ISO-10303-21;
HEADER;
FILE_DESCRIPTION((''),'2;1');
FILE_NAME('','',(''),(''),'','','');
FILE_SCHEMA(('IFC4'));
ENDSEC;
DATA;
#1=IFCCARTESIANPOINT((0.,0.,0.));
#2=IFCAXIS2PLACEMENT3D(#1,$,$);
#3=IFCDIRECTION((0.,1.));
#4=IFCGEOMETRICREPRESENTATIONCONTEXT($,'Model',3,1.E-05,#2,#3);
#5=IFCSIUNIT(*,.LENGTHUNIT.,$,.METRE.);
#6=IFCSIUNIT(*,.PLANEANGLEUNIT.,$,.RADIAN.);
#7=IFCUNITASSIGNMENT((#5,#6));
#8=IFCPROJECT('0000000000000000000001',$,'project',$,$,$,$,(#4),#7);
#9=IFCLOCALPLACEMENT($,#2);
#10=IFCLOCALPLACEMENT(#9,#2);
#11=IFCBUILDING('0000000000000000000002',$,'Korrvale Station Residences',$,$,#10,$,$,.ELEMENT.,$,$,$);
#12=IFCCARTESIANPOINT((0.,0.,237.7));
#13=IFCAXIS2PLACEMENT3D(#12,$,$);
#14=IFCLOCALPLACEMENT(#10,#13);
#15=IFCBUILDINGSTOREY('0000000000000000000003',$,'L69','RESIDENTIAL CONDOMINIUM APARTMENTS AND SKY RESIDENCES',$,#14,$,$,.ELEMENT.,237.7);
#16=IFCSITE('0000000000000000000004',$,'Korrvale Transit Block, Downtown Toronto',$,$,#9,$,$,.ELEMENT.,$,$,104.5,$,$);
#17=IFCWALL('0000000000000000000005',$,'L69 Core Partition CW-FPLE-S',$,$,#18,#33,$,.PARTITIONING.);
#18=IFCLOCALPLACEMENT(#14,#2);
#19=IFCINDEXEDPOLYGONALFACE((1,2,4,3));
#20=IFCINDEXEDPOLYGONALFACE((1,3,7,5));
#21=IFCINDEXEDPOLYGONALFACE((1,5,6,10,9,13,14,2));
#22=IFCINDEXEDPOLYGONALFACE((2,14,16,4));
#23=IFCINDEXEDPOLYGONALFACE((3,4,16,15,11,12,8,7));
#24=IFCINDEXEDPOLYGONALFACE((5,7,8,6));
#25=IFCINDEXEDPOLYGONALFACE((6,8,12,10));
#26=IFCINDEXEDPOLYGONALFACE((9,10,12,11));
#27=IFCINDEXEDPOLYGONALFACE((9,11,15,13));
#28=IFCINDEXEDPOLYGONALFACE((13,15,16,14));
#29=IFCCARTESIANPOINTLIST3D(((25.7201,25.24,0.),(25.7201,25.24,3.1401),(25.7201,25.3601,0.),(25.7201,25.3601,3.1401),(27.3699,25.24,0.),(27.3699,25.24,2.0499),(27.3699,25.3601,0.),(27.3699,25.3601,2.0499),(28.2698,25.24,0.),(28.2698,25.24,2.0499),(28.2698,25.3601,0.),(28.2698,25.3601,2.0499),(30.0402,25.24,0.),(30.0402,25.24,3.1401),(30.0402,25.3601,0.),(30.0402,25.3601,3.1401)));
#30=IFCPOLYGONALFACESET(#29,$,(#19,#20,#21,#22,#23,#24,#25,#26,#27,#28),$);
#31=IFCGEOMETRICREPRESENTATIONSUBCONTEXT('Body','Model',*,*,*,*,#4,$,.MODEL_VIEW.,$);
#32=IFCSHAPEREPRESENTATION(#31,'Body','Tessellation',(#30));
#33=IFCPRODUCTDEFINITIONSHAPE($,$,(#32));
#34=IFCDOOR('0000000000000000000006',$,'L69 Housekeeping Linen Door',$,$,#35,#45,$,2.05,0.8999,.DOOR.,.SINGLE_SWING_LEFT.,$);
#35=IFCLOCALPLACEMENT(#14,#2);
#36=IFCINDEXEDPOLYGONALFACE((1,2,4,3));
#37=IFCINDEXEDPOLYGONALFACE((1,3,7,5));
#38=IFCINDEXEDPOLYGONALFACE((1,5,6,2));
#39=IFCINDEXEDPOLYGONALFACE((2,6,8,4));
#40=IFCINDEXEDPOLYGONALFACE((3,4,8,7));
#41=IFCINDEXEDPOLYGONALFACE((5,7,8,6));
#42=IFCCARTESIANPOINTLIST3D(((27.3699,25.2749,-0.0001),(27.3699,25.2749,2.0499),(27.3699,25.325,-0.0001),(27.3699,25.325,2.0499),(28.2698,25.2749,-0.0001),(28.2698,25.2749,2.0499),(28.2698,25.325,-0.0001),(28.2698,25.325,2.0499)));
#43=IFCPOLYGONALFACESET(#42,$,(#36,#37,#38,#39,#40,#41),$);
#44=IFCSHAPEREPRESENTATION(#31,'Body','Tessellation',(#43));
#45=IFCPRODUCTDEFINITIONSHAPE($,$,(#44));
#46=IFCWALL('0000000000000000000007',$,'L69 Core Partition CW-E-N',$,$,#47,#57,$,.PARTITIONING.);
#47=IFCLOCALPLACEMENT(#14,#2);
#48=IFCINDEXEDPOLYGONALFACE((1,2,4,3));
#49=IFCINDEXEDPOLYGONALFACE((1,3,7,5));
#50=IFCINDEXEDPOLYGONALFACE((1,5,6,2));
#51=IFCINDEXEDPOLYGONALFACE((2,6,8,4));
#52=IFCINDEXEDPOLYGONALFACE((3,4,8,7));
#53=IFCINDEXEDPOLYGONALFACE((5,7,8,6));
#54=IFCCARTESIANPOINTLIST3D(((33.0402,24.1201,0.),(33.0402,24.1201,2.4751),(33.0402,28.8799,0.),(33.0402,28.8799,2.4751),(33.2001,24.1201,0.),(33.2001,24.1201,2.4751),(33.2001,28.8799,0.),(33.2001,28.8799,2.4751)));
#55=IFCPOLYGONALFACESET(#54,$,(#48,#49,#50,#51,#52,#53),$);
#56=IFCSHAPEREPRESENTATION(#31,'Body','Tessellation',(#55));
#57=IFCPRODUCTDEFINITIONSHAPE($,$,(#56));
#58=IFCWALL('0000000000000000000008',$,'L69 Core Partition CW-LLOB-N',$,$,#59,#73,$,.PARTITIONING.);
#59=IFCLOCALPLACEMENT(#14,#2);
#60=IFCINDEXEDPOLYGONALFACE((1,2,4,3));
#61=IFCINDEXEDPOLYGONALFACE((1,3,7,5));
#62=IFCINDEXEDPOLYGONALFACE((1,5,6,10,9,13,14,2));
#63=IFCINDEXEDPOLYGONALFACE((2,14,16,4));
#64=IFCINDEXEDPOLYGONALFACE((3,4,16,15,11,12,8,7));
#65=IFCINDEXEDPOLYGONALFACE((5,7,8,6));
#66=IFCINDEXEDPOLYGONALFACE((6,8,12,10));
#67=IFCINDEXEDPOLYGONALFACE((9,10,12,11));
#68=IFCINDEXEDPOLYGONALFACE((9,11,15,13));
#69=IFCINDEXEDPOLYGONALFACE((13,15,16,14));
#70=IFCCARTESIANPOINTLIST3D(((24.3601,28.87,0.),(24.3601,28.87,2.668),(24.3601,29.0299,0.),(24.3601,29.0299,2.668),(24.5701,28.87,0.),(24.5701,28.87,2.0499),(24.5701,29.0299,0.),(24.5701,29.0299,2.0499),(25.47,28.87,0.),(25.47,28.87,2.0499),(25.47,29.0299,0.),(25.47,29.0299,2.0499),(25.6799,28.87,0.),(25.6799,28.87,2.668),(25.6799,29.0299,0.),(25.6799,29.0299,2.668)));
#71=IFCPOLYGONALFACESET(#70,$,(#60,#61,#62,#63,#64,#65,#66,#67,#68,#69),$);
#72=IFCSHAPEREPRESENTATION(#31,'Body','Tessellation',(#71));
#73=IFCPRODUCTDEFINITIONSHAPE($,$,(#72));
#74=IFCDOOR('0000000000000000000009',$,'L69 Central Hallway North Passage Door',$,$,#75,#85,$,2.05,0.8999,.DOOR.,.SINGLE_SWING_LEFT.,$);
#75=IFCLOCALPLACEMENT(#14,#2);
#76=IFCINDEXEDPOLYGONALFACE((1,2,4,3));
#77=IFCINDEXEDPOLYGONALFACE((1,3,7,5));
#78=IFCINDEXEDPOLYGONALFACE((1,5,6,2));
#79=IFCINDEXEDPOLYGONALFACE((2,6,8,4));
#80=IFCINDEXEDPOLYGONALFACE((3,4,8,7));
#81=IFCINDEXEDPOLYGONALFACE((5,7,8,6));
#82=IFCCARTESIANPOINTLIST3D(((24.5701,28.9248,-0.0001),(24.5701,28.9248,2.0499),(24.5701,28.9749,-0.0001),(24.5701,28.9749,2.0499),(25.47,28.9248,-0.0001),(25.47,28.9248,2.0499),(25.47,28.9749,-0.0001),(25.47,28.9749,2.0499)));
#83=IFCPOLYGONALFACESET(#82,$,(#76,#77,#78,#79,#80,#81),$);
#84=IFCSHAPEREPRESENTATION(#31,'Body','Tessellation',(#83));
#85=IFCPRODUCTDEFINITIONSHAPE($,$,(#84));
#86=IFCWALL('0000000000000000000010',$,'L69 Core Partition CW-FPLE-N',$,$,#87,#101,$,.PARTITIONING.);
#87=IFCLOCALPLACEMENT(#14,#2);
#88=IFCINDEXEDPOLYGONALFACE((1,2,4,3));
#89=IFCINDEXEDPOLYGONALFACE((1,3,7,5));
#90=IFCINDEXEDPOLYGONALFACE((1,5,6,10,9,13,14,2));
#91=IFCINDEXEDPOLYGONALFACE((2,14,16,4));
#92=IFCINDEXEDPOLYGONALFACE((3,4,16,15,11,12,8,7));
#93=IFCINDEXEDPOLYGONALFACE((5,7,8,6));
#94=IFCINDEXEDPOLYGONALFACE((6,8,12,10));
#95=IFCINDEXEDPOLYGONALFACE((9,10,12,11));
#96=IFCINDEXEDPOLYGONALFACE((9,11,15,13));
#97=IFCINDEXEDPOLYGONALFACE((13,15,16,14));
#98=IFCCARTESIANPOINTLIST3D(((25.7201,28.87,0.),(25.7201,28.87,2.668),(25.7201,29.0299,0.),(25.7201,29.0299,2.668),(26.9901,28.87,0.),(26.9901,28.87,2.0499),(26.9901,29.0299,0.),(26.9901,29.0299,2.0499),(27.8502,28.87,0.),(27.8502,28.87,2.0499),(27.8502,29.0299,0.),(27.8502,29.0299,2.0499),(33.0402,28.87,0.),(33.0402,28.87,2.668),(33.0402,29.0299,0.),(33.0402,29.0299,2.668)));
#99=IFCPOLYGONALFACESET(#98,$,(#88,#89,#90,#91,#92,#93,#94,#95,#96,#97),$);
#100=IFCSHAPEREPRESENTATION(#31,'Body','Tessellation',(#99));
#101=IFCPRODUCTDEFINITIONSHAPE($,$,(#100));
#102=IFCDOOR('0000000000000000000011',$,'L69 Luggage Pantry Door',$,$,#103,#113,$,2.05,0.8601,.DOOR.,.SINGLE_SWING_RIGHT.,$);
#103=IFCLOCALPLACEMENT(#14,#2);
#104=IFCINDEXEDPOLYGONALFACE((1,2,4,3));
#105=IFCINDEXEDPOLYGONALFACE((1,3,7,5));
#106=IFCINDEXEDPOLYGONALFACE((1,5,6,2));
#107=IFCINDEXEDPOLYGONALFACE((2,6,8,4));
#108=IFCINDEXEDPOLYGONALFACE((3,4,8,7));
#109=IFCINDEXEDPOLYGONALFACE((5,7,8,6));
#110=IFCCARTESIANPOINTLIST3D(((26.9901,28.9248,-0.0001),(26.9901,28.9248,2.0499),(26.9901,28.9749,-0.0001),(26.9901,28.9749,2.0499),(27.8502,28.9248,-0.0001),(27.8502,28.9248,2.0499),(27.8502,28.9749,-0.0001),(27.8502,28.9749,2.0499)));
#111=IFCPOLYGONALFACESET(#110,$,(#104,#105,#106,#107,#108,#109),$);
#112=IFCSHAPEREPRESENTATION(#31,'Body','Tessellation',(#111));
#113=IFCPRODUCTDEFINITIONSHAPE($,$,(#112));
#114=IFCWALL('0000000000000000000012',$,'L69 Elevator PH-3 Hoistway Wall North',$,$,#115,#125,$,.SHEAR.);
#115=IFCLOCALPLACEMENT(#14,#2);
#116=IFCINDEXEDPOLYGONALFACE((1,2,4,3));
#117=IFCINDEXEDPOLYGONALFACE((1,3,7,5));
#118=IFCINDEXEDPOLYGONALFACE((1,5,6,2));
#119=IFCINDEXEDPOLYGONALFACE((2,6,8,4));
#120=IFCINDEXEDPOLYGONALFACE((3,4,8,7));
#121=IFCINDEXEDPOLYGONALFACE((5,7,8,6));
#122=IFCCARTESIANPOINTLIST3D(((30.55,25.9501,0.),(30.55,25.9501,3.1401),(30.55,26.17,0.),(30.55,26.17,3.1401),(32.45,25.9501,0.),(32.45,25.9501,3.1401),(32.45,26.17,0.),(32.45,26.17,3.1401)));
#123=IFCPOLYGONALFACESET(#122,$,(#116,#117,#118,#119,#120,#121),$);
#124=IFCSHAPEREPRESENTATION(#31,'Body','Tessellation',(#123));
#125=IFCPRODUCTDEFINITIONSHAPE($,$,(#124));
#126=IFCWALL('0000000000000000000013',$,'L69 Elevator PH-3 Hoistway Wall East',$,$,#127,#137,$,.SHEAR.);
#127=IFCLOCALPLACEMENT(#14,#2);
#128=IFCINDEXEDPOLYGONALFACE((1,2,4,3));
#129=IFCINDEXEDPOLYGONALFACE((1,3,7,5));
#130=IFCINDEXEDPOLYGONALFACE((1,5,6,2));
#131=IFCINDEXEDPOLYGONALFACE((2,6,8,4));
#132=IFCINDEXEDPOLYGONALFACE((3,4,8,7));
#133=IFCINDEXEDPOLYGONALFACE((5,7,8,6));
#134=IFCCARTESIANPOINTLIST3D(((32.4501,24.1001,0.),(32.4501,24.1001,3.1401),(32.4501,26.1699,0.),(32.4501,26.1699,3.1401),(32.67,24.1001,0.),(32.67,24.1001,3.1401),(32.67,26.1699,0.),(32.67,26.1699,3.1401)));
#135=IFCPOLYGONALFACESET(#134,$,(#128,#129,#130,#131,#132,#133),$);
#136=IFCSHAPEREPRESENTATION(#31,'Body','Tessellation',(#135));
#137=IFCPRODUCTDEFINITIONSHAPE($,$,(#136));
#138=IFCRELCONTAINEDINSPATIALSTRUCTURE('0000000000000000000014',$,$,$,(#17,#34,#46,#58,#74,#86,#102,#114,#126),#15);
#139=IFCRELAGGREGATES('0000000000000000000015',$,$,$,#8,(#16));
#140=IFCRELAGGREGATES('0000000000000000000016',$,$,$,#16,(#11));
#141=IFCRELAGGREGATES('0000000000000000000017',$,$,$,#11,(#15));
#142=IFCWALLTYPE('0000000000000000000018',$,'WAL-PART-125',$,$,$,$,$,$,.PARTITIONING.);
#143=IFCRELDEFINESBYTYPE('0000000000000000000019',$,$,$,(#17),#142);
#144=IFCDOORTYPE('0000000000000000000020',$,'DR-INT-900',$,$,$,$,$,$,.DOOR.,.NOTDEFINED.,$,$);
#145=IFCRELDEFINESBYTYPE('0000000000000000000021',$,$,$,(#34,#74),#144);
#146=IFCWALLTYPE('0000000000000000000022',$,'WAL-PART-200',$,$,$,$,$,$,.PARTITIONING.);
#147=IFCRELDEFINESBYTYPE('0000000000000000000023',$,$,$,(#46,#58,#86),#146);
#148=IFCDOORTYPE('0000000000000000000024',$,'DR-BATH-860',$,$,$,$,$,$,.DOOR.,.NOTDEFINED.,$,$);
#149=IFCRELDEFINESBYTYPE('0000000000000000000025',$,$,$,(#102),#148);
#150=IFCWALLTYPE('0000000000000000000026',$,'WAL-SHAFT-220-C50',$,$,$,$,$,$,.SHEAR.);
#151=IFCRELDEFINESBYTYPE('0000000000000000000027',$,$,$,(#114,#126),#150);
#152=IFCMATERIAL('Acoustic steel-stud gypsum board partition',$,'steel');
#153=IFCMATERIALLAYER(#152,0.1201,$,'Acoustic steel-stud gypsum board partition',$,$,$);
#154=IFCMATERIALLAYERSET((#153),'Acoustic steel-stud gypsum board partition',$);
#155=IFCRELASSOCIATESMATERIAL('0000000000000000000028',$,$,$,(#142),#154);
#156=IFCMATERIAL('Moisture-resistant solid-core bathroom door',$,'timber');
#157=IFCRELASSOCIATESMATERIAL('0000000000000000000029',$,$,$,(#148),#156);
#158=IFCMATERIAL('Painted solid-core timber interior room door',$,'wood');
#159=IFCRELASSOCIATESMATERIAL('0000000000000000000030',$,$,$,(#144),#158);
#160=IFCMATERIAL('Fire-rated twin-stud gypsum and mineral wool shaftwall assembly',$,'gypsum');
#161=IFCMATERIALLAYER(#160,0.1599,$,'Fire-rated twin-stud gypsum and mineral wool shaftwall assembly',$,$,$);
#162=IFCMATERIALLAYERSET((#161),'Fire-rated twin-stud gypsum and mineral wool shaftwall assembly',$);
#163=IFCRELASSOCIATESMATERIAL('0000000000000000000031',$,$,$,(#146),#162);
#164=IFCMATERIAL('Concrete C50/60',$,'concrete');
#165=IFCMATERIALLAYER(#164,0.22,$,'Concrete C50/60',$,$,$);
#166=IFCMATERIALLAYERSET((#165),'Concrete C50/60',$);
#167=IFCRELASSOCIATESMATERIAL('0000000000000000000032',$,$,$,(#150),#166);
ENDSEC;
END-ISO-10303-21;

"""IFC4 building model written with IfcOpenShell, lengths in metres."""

from ifc_helpers import new_model, si_unit, direction, frame, frame_2d, origin, place, context, subcontext, project, spatial, rectangle, extrude, material, layer, layer_set, type_object, element, fill, save


model = new_model("IFC4")

# Units and contexts
model_context = context("Model", 3, precision=1e-05, world=origin(), true_north=direction((0.0, 1.0)))
body_context = subcontext(model_context, "Body", "Model", "MODEL_VIEW")
ifc_project = project(units=[si_unit("LENGTHUNIT", "METRE"), si_unit("PLANEANGLEUNIT", "RADIAN")], contexts=[model_context])

# Site, building, storey
site_placement = place(None, origin())
site = spatial("IfcSite", under=ifc_project, at=site_placement, Name="Korrvale Transit Block, Downtown Toronto", CompositionType="ELEMENT", RefElevation=104.5)
building_placement = place(site_placement, origin())
building = spatial("IfcBuilding", under=site, at=building_placement, Name="Korrvale Station Residences", CompositionType="ELEMENT")
storey_placement = place(building_placement, frame((0.0, 0.0, 237.7)))
storey = spatial("IfcBuildingStorey", under=building, at=storey_placement, Name="L69", Description="RESIDENTIAL CONDOMINIUM APARTMENTS AND SKY RESIDENCES", CompositionType="ELEMENT", Elevation=237.7)

# Shared definitions
ifc_material_1 = material(Name="Concrete C50/60", Category="concrete")

# Shared definitions
ifc_material_2 = material(Name="Acoustic steel-stud gypsum board partition", Category="steel")
ifc_layer_1 = layer(ifc_material_2, 0.1201, Name="Acoustic steel-stud gypsum board partition")
ifc_layer_set_1 = layer_set([ifc_layer_1], Name="Acoustic steel-stud gypsum board partition")
wall_type_1 = type_object("IfcWallType", Name="WAL-PART-125", PredefinedType="PARTITIONING", material=ifc_layer_set_1)

# Shared definitions
ifc_material_3 = material(Name="Moisture-resistant solid-core bathroom door", Category="timber")
door_type_1 = type_object("IfcDoorType", Name="DR-BATH-860", OperationType="NOTDEFINED", PredefinedType="DOOR", material=ifc_material_3)

# Wall, opening, door
wall_1_placement = place(storey_placement, frame((25.72, 25.3, 0.0), z_axis=(0.0, 0.0, 1.0), x_axis=(1.0, 0.0, 0.0)))
wall_1 = element("IfcWall", 1, at=wall_1_placement, inside=storey, type_object=wall_type_1, Name="L69 Core Partition CW-FPLE-S", PredefinedType="PARTITIONING", context=body_context, shape_type="SweptSolid", body=[
    extrude(rectangle(XDim=4.3201, YDim=0.1201, at=frame_2d((2.1602, 0.0))), origin(), (0.0, 0.0, 1.0), 3.1401),
])
opening_1_placement = place(wall_1_placement, frame((1.6499, 0.0, 0.0)))
opening_1 = element("IfcOpeningElement", 2, at=opening_1_placement, cuts=wall_1, PredefinedType="OPENING", context=body_context, shape_type="SweptSolid", body=[
    extrude(rectangle(XDim=0.8999, YDim=2.05, at=frame_2d((0.45, 1.0249))), frame((0.0, 0.0701, 0.0), z_axis=(0.0, -1.0, 0.0), x_axis=(1.0, 0.0, 0.0)), (0.0, 0.0, 1.0), 0.1401),
])
ifc_material_4 = material(Name="Painted solid-core timber interior room door", Category="wood")
door_type_2 = type_object("IfcDoorType", Name="DR-INT-900", OperationType="NOTDEFINED", PredefinedType="DOOR", material=ifc_material_4)
door_1_placement = place(opening_1_placement, origin())
door_1 = element("IfcDoor", 3, at=door_1_placement, inside=storey, type_object=door_type_2, Name="L69 Housekeeping Linen Door", OperationType="SINGLE_SWING_LEFT", OverallHeight=2.05, OverallWidth=0.8999, PredefinedType="DOOR", context=body_context, shape_type="SweptSolid", body=[
    extrude(rectangle(XDim=0.8999, YDim=2.05, at=frame_2d((0.45, 1.0249))), frame((0.0, 0.0249, 0.0), z_axis=(0.0, -1.0, 0.0), x_axis=(1.0, 0.0, 0.0)), (0.0, 0.0, 1.0), 0.05),
])
fill(opening_1, door_1)

# Wall
ifc_material_5 = material(Name="Fire-rated twin-stud gypsum and mineral wool shaftwall assembly", Category="gypsum")
ifc_layer_2 = layer(ifc_material_5, 0.1599, Name="Fire-rated twin-stud gypsum and mineral wool shaftwall assembly")
ifc_layer_set_2 = layer_set([ifc_layer_2], Name="Fire-rated twin-stud gypsum and mineral wool shaftwall assembly")
wall_type_2 = type_object("IfcWallType", Name="WAL-PART-200", PredefinedType="PARTITIONING", material=ifc_layer_set_2)
wall_2_placement = place(storey_placement, frame((33.1201, 24.1201, 0.0), z_axis=(0.0, 0.0, 1.0), x_axis=(0.0, 1.0, 0.0)))
element("IfcWall", 4, at=wall_2_placement, inside=storey, type_object=wall_type_2, Name="L69 Core Partition CW-E-N", PredefinedType="PARTITIONING", context=body_context, shape_type="SweptSolid", body=[
    extrude(rectangle(XDim=4.7598, YDim=0.1599, at=frame_2d((2.3799, 0.0))), origin(), (0.0, 0.0, 1.0), 2.4751),
])

# Walls, openings, doors
wall_3_placement = place(storey_placement, frame((24.3601, 28.95, 0.0), z_axis=(0.0, 0.0, 1.0), x_axis=(1.0, 0.0, 0.0)))
wall_3 = element("IfcWall", 5, at=wall_3_placement, inside=storey, type_object=wall_type_2, Name="L69 Core Partition CW-LLOB-N", PredefinedType="PARTITIONING", context=body_context, shape_type="SweptSolid", body=[
    extrude(rectangle(XDim=1.3198, YDim=0.1599, at=frame_2d((0.6599, 0.0))), origin(), (0.0, 0.0, 1.0), 2.668),
])
opening_2_placement = place(wall_3_placement, frame((0.21, 0.0, 0.0)))
opening_2 = element("IfcOpeningElement", 6, at=opening_2_placement, cuts=wall_3, PredefinedType="OPENING", context=body_context, shape_type="SweptSolid", body=[
    extrude(rectangle(XDim=0.8999, YDim=2.05, at=frame_2d((0.45, 1.0249))), frame((0.0, 0.0898, 0.0), z_axis=(0.0, -1.0, 0.0), x_axis=(1.0, 0.0, 0.0)), (0.0, 0.0, 1.0), 0.1799),
])
door_2_placement = place(opening_2_placement, origin())
door_2 = element("IfcDoor", 7, at=door_2_placement, inside=storey, type_object=door_type_2, Name="L69 Central Hallway North Passage Door", OperationType="SINGLE_SWING_LEFT", OverallHeight=2.05, OverallWidth=0.8999, PredefinedType="DOOR", context=body_context, shape_type="SweptSolid", body=[
    extrude(rectangle(XDim=0.8999, YDim=2.05, at=frame_2d((0.45, 1.0249))), frame((0.0, 0.0249, 0.0), z_axis=(0.0, -1.0, 0.0), x_axis=(1.0, 0.0, 0.0)), (0.0, 0.0, 1.0), 0.05),
])
fill(opening_2, door_2)
wall_4_placement = place(storey_placement, frame((25.72, 28.95, 0.0), z_axis=(0.0, 0.0, 1.0), x_axis=(1.0, 0.0, 0.0)))
wall_4 = element("IfcWall", 8, at=wall_4_placement, inside=storey, type_object=wall_type_2, Name="L69 Core Partition CW-FPLE-N", PredefinedType="PARTITIONING", context=body_context, shape_type="SweptSolid", body=[
    extrude(rectangle(XDim=7.3201, YDim=0.1599, at=frame_2d((3.6602, 0.0))), origin(), (0.0, 0.0, 1.0), 2.668),
])
opening_3_placement = place(wall_4_placement, frame((1.27, 0.0, 0.0)))
opening_3 = element("IfcOpeningElement", 9, at=opening_3_placement, cuts=wall_4, PredefinedType="OPENING", context=body_context, shape_type="SweptSolid", body=[
    extrude(rectangle(XDim=0.8601, YDim=2.05, at=frame_2d((0.4302, 1.0249))), frame((0.0, 0.0898, 0.0), z_axis=(0.0, -1.0, 0.0), x_axis=(1.0, 0.0, 0.0)), (0.0, 0.0, 1.0), 0.1799),
])
door_3_placement = place(opening_3_placement, origin())
door_3 = element("IfcDoor", 10, at=door_3_placement, inside=storey, type_object=door_type_1, Name="L69 Luggage Pantry Door", OperationType="SINGLE_SWING_RIGHT", OverallHeight=2.05, OverallWidth=0.8601, PredefinedType="DOOR", context=body_context, shape_type="SweptSolid", body=[
    extrude(rectangle(XDim=0.8601, YDim=2.05, at=frame_2d((0.4302, 1.0249))), frame((0.0, 0.0249, 0.0), z_axis=(0.0, -1.0, 0.0), x_axis=(1.0, 0.0, 0.0)), (0.0, 0.0, 1.0), 0.05),
])
fill(opening_3, door_3)

# Wall
ifc_layer_3 = layer(ifc_material_1, 0.22, Name="Concrete C50/60")
ifc_layer_set_3 = layer_set([ifc_layer_3], Name="Concrete C50/60")
wall_type_3 = type_object("IfcWallType", Name="WAL-SHAFT-220-C50", PredefinedType="SHEAR", material=ifc_layer_set_3)
wall_5_placement = place(storey_placement, frame((30.55, 26.0601, 0.0), z_axis=(0.0, 0.0, 1.0), x_axis=(1.0, 0.0, 0.0)))
element("IfcWall", 11, at=wall_5_placement, inside=storey, type_object=wall_type_3, Name="L69 Elevator PH-3 Hoistway Wall North", PredefinedType="SHEAR", context=body_context, shape_type="SweptSolid", body=[
    extrude(rectangle(XDim=1.8999, YDim=0.22, at=frame_2d((0.95, 0.0))), origin(), (0.0, 0.0, 1.0), 3.1401),
])

# Wall
wall_6_placement = place(storey_placement, frame((32.5601, 24.1001, 0.0), z_axis=(0.0, 0.0, 1.0), x_axis=(0.0, 1.0, 0.0)))
element("IfcWall", 12, at=wall_6_placement, inside=storey, type_object=wall_type_3, Name="L69 Elevator PH-3 Hoistway Wall East", PredefinedType="SHEAR", context=body_context, shape_type="SweptSolid", body=[
    extrude(rectangle(XDim=2.0698, YDim=0.22, at=frame_2d((1.0349, 0.0))), origin(), (0.0, 0.0, 1.0), 3.1401),
])

save(model, "model.ifc")
